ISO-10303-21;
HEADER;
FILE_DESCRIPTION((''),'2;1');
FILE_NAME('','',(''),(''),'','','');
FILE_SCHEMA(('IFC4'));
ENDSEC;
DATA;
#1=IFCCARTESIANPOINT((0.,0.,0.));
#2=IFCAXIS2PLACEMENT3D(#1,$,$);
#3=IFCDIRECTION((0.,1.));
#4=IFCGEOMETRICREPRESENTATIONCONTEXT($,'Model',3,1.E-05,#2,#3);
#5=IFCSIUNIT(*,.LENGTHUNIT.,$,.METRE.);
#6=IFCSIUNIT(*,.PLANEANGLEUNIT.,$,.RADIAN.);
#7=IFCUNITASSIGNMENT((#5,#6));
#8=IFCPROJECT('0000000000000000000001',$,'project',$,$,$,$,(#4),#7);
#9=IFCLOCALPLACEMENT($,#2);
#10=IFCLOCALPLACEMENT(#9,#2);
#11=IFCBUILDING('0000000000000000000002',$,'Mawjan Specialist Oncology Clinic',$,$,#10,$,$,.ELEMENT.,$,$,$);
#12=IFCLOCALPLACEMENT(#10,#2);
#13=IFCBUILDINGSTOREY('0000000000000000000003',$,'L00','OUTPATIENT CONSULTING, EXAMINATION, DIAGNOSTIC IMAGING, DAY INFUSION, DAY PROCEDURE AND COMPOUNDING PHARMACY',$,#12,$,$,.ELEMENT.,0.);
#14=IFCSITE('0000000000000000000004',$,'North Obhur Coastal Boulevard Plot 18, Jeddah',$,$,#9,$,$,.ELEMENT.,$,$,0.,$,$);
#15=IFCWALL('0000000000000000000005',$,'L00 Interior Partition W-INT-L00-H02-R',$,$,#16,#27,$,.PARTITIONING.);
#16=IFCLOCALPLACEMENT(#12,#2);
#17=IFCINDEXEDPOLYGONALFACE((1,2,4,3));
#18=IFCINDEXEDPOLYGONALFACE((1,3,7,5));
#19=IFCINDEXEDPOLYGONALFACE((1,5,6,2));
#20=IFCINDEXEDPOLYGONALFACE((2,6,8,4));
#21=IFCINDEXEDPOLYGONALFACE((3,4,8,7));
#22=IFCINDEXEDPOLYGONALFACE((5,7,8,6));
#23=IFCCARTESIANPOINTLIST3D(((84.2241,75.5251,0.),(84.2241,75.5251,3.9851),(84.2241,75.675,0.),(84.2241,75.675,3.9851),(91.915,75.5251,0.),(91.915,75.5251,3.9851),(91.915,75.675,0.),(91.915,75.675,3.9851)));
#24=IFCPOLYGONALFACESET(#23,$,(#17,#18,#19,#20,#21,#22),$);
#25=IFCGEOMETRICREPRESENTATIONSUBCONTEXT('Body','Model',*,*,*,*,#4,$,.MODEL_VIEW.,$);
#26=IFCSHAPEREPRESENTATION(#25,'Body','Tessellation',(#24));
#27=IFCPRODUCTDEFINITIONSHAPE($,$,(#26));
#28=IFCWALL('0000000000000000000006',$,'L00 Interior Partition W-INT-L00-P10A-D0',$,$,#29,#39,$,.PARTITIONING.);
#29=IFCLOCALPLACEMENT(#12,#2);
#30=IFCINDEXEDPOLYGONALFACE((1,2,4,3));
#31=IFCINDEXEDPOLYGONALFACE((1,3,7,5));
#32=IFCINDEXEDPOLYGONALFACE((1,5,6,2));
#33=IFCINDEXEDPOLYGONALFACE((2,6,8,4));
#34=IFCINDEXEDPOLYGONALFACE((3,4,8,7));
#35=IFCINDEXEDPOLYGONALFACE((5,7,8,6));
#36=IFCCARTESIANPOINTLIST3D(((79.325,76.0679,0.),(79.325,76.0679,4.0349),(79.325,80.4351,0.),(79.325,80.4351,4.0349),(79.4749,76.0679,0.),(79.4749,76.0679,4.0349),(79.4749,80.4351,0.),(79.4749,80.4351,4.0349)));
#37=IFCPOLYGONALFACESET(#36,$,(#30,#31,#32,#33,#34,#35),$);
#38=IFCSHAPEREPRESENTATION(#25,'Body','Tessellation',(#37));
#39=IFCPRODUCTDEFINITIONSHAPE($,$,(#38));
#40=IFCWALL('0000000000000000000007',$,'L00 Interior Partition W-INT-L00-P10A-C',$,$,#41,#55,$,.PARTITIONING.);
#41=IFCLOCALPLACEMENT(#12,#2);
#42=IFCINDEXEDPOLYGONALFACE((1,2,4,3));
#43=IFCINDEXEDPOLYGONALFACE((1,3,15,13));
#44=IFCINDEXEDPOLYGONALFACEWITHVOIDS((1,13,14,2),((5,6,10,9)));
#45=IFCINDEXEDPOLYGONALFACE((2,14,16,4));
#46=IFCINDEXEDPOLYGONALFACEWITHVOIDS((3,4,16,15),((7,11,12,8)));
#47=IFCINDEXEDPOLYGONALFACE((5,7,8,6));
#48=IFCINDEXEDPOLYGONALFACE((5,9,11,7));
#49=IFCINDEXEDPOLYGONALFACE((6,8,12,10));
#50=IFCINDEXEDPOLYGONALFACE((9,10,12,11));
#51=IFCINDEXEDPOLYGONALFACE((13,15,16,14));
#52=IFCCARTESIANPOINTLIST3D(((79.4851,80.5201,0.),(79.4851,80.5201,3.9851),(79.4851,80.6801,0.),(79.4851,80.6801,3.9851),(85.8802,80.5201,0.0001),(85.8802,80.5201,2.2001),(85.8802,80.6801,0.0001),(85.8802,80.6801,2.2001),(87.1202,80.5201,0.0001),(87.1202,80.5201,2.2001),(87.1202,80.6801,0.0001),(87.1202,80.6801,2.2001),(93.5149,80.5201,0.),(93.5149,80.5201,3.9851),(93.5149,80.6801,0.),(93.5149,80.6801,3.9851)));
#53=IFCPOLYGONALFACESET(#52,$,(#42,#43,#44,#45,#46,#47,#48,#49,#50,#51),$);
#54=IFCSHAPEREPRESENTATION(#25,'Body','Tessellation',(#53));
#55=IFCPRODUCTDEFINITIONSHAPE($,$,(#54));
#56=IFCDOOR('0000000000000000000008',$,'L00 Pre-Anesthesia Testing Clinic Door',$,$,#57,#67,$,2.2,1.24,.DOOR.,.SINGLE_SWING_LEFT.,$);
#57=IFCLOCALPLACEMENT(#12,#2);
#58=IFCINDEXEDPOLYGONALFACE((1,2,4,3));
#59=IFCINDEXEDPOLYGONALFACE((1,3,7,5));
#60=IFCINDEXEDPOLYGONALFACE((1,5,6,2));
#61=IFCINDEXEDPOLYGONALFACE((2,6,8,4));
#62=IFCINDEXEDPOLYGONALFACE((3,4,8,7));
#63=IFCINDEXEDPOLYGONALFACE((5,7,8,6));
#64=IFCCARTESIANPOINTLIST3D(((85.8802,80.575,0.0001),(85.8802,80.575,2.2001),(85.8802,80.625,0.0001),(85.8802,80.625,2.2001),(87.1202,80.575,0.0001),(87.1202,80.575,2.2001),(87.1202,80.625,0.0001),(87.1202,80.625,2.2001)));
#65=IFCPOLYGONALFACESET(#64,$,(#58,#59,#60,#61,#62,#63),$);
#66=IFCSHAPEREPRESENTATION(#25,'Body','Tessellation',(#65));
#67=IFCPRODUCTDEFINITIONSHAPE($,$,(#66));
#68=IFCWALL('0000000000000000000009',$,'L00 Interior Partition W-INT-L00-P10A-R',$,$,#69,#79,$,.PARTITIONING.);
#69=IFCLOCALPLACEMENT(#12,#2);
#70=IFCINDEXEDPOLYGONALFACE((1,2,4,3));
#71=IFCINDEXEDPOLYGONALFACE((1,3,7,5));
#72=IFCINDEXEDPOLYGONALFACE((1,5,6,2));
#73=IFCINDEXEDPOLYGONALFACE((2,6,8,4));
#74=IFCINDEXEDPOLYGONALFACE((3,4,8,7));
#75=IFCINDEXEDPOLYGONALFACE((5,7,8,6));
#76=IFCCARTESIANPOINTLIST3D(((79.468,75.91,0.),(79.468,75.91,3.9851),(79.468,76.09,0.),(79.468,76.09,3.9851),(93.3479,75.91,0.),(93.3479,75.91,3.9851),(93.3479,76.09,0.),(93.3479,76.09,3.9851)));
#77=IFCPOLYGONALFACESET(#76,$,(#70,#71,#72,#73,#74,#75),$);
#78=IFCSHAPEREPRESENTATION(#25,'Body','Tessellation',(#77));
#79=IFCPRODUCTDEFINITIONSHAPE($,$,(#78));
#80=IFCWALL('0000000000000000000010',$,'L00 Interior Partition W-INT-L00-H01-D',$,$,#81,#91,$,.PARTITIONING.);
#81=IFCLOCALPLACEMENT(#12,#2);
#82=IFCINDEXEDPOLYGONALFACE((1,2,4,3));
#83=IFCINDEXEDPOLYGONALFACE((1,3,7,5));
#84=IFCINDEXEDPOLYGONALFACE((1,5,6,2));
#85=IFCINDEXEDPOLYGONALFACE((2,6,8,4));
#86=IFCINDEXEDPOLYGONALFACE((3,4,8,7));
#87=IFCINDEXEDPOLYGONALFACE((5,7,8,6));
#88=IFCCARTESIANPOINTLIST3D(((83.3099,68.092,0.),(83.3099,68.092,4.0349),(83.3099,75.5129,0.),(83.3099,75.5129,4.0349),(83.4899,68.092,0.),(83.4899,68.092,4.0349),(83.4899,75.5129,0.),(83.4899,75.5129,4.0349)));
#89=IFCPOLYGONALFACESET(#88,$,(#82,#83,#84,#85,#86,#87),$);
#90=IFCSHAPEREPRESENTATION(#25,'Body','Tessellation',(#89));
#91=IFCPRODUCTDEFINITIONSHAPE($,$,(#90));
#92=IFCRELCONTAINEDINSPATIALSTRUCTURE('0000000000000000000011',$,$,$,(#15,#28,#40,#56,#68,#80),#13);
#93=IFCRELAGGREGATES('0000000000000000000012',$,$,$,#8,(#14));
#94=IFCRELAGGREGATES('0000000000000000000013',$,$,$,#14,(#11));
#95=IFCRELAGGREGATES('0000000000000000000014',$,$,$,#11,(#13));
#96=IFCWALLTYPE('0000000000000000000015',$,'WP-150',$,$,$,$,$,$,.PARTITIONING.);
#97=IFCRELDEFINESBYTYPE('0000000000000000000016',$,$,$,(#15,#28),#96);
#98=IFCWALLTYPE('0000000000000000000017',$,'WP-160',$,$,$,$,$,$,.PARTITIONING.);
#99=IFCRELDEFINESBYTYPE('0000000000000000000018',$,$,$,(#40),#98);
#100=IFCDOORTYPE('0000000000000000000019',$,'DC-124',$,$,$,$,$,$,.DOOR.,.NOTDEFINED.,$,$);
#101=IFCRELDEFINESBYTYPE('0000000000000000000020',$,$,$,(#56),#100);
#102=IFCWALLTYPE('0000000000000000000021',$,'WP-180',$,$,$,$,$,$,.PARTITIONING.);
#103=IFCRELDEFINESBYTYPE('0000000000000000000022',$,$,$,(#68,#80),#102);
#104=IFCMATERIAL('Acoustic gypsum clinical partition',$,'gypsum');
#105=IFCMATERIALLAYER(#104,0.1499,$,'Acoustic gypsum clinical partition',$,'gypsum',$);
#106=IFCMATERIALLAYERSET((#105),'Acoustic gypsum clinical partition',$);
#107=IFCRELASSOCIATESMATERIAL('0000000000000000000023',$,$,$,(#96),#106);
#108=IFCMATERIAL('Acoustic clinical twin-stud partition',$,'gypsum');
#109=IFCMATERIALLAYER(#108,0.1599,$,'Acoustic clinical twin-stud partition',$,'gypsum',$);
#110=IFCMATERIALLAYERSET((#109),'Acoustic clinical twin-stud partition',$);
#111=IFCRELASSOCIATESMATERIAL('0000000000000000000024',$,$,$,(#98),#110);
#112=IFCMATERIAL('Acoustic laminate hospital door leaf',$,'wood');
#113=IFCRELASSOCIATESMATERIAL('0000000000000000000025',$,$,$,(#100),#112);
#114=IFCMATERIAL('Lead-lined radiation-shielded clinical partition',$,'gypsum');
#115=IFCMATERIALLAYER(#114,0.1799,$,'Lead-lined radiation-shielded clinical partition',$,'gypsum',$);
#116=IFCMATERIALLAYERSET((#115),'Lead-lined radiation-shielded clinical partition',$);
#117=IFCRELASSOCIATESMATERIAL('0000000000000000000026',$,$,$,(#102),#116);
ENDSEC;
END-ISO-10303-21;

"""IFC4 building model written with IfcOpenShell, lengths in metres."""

from ifc_helpers import new_model, si_unit, direction, frame, frame_2d, origin, place, context, subcontext, project, spatial, rectangle, extrude, material, layer, layer_set, type_object, element, fill, save


model = new_model("IFC4")

# Units and contexts
model_context = context("Model", 3, precision=1e-05, world=origin(), true_north=direction((0.0, 1.0)))
body_context = subcontext(model_context, "Body", "Model", "MODEL_VIEW")
ifc_project = project(units=[si_unit("LENGTHUNIT", "METRE"), si_unit("PLANEANGLEUNIT", "RADIAN")], contexts=[model_context])

# Site, building, storey
site_placement = place(None, origin())
site = spatial("IfcSite", under=ifc_project, at=site_placement, Name="North Obhur Coastal Boulevard Plot 18, Jeddah", CompositionType="ELEMENT", RefElevation=0.0)
building_placement = place(site_placement, origin())
building = spatial("IfcBuilding", under=site, at=building_placement, Name="Mawjan Specialist Oncology Clinic", CompositionType="ELEMENT")
storey_placement = place(building_placement, origin())
storey = spatial("IfcBuildingStorey", under=building, at=storey_placement, Name="L00", Description="OUTPATIENT CONSULTING, EXAMINATION, DIAGNOSTIC IMAGING, DAY INFUSION, DAY PROCEDURE AND COMPOUNDING PHARMACY", CompositionType="ELEMENT", Elevation=0.0)

# Walls
ifc_material_1 = material(Name="Acoustic gypsum clinical partition", Category="gypsum")
ifc_layer_1 = layer(ifc_material_1, 0.1499, Name="Acoustic gypsum clinical partition", Category="gypsum")
ifc_layer_set_1 = layer_set([ifc_layer_1], Name="Acoustic gypsum clinical partition")
wall_type_1 = type_object("IfcWallType", Name="WP-150", PredefinedType="PARTITIONING", material=ifc_layer_set_1)
wall_1_placement = place(storey_placement, frame((84.2241, 75.6001, 0.0), z_axis=(0.0, 0.0, 1.0), x_axis=(1.0, 0.0, 0.0)))
element("IfcWall", 1, at=wall_1_placement, inside=storey, type_object=wall_type_1, Name="L00 Interior Partition W-INT-L00-H02-R", PredefinedType="PARTITIONING", context=body_context, shape_type="SweptSolid", body=[
    extrude(rectangle(XDim=7.6909, YDim=0.1499, at=frame_2d((3.8455, 0.0))), origin(), (0.0, 0.0, 1.0), 3.9851),
])
wall_2_placement = place(storey_placement, frame((79.3999, 76.0679, 0.0), z_axis=(0.0, 0.0, 1.0), x_axis=(0.0, 1.0, 0.0)))
element("IfcWall", 2, at=wall_2_placement, inside=storey, type_object=wall_type_1, Name="L00 Interior Partition W-INT-L00-P10A-D0", PredefinedType="PARTITIONING", context=body_context, shape_type="SweptSolid", body=[
    extrude(rectangle(XDim=4.3672, YDim=0.1499, at=frame_2d((2.1836, 0.0))), origin(), (0.0, 0.0, 1.0), 4.0349),
])

# Wall, opening, door
ifc_material_2 = material(Name="Acoustic clinical twin-stud partition", Category="gypsum")
ifc_layer_2 = layer(ifc_material_2, 0.1599, Name="Acoustic clinical twin-stud partition", Category="gypsum")
ifc_layer_set_2 = layer_set([ifc_layer_2], Name="Acoustic clinical twin-stud partition")
wall_type_2 = type_object("IfcWallType", Name="WP-160", PredefinedType="PARTITIONING", material=ifc_layer_set_2)
wall_3_placement = place(storey_placement, frame((79.4851, 80.6001, 0.0), z_axis=(0.0, 0.0, 1.0), x_axis=(1.0, 0.0, 0.0)))
wall_3 = element("IfcWall", 3, at=wall_3_placement, inside=storey, type_object=wall_type_2, Name="L00 Interior Partition W-INT-L00-P10A-C", PredefinedType="PARTITIONING", context=body_context, shape_type="SweptSolid", body=[
    extrude(rectangle(XDim=14.0298, YDim=0.1599, at=frame_2d((7.0149, 0.0))), origin(), (0.0, 0.0, 1.0), 3.9851),
])
opening_placement = place(wall_3_placement, frame((6.395, 0.0, 0.0)))
opening = element("IfcOpeningElement", 4, at=opening_placement, cuts=wall_3, PredefinedType="OPENING", context=body_context, shape_type="SweptSolid", body=[
    extrude(rectangle(XDim=1.24, YDim=2.2, at=frame_2d((0.6201, 1.1001))), frame((0.0, 0.092, 0.0), z_axis=(0.0, -1.0, 0.0), x_axis=(1.0, 0.0, 0.0)), (0.0, 0.0, 1.0), 0.1838),
])
ifc_material_3 = material(Name="Acoustic laminate hospital door leaf", Category="wood")
door_type = type_object("IfcDoorType", Name="DC-124", OperationType="NOTDEFINED", PredefinedType="DOOR", material=ifc_material_3)
door_placement = place(opening_placement, origin())
door = element("IfcDoor", 5, at=door_placement, inside=storey, type_object=door_type, Name="L00 Pre-Anesthesia Testing Clinic Door", OperationType="SINGLE_SWING_LEFT", OverallHeight=2.2, OverallWidth=1.24, PredefinedType="DOOR", context=body_context, shape_type="SweptSolid", body=[
    extrude(rectangle(XDim=1.24, YDim=2.2, at=frame_2d((0.6201, 1.1001))), frame((0.0, 0.0249, 0.0), z_axis=(0.0, -1.0, 0.0), x_axis=(1.0, 0.0, 0.0)), (0.0, 0.0, 1.0), 0.05),
])
fill(opening, door)

# Walls
ifc_material_4 = material(Name="Lead-lined radiation-shielded clinical partition", Category="gypsum")
ifc_layer_3 = layer(ifc_material_4, 0.1799, Name="Lead-lined radiation-shielded clinical partition", Category="gypsum")
ifc_layer_set_3 = layer_set([ifc_layer_3], Name="Lead-lined radiation-shielded clinical partition")
wall_type_3 = type_object("IfcWallType", Name="WP-180", PredefinedType="PARTITIONING", material=ifc_layer_set_3)
wall_4_placement = place(storey_placement, frame((79.468, 76.0, 0.0), z_axis=(0.0, 0.0, 1.0), x_axis=(1.0, 0.0, 0.0)))
element("IfcWall", 6, at=wall_4_placement, inside=storey, type_object=wall_type_3, Name="L00 Interior Partition W-INT-L00-P10A-R", PredefinedType="PARTITIONING", context=body_context, shape_type="SweptSolid", body=[
    extrude(rectangle(XDim=13.8799, YDim=0.1799, at=frame_2d((6.9399, 0.0))), origin(), (0.0, 0.0, 1.0), 3.9851),
])
wall_5_placement = place(storey_placement, frame((83.3999, 68.092, 0.0), z_axis=(0.0, 0.0, 1.0), x_axis=(0.0, 1.0, 0.0)))
element("IfcWall", 7, at=wall_5_placement, inside=storey, type_object=wall_type_3, Name="L00 Interior Partition W-INT-L00-H01-D", PredefinedType="PARTITIONING", context=body_context, shape_type="SweptSolid", body=[
    extrude(rectangle(XDim=7.4209, YDim=0.1799, at=frame_2d((3.7104, 0.0))), origin(), (0.0, 0.0, 1.0), 4.0349),
])

save(model, "model.ifc")
